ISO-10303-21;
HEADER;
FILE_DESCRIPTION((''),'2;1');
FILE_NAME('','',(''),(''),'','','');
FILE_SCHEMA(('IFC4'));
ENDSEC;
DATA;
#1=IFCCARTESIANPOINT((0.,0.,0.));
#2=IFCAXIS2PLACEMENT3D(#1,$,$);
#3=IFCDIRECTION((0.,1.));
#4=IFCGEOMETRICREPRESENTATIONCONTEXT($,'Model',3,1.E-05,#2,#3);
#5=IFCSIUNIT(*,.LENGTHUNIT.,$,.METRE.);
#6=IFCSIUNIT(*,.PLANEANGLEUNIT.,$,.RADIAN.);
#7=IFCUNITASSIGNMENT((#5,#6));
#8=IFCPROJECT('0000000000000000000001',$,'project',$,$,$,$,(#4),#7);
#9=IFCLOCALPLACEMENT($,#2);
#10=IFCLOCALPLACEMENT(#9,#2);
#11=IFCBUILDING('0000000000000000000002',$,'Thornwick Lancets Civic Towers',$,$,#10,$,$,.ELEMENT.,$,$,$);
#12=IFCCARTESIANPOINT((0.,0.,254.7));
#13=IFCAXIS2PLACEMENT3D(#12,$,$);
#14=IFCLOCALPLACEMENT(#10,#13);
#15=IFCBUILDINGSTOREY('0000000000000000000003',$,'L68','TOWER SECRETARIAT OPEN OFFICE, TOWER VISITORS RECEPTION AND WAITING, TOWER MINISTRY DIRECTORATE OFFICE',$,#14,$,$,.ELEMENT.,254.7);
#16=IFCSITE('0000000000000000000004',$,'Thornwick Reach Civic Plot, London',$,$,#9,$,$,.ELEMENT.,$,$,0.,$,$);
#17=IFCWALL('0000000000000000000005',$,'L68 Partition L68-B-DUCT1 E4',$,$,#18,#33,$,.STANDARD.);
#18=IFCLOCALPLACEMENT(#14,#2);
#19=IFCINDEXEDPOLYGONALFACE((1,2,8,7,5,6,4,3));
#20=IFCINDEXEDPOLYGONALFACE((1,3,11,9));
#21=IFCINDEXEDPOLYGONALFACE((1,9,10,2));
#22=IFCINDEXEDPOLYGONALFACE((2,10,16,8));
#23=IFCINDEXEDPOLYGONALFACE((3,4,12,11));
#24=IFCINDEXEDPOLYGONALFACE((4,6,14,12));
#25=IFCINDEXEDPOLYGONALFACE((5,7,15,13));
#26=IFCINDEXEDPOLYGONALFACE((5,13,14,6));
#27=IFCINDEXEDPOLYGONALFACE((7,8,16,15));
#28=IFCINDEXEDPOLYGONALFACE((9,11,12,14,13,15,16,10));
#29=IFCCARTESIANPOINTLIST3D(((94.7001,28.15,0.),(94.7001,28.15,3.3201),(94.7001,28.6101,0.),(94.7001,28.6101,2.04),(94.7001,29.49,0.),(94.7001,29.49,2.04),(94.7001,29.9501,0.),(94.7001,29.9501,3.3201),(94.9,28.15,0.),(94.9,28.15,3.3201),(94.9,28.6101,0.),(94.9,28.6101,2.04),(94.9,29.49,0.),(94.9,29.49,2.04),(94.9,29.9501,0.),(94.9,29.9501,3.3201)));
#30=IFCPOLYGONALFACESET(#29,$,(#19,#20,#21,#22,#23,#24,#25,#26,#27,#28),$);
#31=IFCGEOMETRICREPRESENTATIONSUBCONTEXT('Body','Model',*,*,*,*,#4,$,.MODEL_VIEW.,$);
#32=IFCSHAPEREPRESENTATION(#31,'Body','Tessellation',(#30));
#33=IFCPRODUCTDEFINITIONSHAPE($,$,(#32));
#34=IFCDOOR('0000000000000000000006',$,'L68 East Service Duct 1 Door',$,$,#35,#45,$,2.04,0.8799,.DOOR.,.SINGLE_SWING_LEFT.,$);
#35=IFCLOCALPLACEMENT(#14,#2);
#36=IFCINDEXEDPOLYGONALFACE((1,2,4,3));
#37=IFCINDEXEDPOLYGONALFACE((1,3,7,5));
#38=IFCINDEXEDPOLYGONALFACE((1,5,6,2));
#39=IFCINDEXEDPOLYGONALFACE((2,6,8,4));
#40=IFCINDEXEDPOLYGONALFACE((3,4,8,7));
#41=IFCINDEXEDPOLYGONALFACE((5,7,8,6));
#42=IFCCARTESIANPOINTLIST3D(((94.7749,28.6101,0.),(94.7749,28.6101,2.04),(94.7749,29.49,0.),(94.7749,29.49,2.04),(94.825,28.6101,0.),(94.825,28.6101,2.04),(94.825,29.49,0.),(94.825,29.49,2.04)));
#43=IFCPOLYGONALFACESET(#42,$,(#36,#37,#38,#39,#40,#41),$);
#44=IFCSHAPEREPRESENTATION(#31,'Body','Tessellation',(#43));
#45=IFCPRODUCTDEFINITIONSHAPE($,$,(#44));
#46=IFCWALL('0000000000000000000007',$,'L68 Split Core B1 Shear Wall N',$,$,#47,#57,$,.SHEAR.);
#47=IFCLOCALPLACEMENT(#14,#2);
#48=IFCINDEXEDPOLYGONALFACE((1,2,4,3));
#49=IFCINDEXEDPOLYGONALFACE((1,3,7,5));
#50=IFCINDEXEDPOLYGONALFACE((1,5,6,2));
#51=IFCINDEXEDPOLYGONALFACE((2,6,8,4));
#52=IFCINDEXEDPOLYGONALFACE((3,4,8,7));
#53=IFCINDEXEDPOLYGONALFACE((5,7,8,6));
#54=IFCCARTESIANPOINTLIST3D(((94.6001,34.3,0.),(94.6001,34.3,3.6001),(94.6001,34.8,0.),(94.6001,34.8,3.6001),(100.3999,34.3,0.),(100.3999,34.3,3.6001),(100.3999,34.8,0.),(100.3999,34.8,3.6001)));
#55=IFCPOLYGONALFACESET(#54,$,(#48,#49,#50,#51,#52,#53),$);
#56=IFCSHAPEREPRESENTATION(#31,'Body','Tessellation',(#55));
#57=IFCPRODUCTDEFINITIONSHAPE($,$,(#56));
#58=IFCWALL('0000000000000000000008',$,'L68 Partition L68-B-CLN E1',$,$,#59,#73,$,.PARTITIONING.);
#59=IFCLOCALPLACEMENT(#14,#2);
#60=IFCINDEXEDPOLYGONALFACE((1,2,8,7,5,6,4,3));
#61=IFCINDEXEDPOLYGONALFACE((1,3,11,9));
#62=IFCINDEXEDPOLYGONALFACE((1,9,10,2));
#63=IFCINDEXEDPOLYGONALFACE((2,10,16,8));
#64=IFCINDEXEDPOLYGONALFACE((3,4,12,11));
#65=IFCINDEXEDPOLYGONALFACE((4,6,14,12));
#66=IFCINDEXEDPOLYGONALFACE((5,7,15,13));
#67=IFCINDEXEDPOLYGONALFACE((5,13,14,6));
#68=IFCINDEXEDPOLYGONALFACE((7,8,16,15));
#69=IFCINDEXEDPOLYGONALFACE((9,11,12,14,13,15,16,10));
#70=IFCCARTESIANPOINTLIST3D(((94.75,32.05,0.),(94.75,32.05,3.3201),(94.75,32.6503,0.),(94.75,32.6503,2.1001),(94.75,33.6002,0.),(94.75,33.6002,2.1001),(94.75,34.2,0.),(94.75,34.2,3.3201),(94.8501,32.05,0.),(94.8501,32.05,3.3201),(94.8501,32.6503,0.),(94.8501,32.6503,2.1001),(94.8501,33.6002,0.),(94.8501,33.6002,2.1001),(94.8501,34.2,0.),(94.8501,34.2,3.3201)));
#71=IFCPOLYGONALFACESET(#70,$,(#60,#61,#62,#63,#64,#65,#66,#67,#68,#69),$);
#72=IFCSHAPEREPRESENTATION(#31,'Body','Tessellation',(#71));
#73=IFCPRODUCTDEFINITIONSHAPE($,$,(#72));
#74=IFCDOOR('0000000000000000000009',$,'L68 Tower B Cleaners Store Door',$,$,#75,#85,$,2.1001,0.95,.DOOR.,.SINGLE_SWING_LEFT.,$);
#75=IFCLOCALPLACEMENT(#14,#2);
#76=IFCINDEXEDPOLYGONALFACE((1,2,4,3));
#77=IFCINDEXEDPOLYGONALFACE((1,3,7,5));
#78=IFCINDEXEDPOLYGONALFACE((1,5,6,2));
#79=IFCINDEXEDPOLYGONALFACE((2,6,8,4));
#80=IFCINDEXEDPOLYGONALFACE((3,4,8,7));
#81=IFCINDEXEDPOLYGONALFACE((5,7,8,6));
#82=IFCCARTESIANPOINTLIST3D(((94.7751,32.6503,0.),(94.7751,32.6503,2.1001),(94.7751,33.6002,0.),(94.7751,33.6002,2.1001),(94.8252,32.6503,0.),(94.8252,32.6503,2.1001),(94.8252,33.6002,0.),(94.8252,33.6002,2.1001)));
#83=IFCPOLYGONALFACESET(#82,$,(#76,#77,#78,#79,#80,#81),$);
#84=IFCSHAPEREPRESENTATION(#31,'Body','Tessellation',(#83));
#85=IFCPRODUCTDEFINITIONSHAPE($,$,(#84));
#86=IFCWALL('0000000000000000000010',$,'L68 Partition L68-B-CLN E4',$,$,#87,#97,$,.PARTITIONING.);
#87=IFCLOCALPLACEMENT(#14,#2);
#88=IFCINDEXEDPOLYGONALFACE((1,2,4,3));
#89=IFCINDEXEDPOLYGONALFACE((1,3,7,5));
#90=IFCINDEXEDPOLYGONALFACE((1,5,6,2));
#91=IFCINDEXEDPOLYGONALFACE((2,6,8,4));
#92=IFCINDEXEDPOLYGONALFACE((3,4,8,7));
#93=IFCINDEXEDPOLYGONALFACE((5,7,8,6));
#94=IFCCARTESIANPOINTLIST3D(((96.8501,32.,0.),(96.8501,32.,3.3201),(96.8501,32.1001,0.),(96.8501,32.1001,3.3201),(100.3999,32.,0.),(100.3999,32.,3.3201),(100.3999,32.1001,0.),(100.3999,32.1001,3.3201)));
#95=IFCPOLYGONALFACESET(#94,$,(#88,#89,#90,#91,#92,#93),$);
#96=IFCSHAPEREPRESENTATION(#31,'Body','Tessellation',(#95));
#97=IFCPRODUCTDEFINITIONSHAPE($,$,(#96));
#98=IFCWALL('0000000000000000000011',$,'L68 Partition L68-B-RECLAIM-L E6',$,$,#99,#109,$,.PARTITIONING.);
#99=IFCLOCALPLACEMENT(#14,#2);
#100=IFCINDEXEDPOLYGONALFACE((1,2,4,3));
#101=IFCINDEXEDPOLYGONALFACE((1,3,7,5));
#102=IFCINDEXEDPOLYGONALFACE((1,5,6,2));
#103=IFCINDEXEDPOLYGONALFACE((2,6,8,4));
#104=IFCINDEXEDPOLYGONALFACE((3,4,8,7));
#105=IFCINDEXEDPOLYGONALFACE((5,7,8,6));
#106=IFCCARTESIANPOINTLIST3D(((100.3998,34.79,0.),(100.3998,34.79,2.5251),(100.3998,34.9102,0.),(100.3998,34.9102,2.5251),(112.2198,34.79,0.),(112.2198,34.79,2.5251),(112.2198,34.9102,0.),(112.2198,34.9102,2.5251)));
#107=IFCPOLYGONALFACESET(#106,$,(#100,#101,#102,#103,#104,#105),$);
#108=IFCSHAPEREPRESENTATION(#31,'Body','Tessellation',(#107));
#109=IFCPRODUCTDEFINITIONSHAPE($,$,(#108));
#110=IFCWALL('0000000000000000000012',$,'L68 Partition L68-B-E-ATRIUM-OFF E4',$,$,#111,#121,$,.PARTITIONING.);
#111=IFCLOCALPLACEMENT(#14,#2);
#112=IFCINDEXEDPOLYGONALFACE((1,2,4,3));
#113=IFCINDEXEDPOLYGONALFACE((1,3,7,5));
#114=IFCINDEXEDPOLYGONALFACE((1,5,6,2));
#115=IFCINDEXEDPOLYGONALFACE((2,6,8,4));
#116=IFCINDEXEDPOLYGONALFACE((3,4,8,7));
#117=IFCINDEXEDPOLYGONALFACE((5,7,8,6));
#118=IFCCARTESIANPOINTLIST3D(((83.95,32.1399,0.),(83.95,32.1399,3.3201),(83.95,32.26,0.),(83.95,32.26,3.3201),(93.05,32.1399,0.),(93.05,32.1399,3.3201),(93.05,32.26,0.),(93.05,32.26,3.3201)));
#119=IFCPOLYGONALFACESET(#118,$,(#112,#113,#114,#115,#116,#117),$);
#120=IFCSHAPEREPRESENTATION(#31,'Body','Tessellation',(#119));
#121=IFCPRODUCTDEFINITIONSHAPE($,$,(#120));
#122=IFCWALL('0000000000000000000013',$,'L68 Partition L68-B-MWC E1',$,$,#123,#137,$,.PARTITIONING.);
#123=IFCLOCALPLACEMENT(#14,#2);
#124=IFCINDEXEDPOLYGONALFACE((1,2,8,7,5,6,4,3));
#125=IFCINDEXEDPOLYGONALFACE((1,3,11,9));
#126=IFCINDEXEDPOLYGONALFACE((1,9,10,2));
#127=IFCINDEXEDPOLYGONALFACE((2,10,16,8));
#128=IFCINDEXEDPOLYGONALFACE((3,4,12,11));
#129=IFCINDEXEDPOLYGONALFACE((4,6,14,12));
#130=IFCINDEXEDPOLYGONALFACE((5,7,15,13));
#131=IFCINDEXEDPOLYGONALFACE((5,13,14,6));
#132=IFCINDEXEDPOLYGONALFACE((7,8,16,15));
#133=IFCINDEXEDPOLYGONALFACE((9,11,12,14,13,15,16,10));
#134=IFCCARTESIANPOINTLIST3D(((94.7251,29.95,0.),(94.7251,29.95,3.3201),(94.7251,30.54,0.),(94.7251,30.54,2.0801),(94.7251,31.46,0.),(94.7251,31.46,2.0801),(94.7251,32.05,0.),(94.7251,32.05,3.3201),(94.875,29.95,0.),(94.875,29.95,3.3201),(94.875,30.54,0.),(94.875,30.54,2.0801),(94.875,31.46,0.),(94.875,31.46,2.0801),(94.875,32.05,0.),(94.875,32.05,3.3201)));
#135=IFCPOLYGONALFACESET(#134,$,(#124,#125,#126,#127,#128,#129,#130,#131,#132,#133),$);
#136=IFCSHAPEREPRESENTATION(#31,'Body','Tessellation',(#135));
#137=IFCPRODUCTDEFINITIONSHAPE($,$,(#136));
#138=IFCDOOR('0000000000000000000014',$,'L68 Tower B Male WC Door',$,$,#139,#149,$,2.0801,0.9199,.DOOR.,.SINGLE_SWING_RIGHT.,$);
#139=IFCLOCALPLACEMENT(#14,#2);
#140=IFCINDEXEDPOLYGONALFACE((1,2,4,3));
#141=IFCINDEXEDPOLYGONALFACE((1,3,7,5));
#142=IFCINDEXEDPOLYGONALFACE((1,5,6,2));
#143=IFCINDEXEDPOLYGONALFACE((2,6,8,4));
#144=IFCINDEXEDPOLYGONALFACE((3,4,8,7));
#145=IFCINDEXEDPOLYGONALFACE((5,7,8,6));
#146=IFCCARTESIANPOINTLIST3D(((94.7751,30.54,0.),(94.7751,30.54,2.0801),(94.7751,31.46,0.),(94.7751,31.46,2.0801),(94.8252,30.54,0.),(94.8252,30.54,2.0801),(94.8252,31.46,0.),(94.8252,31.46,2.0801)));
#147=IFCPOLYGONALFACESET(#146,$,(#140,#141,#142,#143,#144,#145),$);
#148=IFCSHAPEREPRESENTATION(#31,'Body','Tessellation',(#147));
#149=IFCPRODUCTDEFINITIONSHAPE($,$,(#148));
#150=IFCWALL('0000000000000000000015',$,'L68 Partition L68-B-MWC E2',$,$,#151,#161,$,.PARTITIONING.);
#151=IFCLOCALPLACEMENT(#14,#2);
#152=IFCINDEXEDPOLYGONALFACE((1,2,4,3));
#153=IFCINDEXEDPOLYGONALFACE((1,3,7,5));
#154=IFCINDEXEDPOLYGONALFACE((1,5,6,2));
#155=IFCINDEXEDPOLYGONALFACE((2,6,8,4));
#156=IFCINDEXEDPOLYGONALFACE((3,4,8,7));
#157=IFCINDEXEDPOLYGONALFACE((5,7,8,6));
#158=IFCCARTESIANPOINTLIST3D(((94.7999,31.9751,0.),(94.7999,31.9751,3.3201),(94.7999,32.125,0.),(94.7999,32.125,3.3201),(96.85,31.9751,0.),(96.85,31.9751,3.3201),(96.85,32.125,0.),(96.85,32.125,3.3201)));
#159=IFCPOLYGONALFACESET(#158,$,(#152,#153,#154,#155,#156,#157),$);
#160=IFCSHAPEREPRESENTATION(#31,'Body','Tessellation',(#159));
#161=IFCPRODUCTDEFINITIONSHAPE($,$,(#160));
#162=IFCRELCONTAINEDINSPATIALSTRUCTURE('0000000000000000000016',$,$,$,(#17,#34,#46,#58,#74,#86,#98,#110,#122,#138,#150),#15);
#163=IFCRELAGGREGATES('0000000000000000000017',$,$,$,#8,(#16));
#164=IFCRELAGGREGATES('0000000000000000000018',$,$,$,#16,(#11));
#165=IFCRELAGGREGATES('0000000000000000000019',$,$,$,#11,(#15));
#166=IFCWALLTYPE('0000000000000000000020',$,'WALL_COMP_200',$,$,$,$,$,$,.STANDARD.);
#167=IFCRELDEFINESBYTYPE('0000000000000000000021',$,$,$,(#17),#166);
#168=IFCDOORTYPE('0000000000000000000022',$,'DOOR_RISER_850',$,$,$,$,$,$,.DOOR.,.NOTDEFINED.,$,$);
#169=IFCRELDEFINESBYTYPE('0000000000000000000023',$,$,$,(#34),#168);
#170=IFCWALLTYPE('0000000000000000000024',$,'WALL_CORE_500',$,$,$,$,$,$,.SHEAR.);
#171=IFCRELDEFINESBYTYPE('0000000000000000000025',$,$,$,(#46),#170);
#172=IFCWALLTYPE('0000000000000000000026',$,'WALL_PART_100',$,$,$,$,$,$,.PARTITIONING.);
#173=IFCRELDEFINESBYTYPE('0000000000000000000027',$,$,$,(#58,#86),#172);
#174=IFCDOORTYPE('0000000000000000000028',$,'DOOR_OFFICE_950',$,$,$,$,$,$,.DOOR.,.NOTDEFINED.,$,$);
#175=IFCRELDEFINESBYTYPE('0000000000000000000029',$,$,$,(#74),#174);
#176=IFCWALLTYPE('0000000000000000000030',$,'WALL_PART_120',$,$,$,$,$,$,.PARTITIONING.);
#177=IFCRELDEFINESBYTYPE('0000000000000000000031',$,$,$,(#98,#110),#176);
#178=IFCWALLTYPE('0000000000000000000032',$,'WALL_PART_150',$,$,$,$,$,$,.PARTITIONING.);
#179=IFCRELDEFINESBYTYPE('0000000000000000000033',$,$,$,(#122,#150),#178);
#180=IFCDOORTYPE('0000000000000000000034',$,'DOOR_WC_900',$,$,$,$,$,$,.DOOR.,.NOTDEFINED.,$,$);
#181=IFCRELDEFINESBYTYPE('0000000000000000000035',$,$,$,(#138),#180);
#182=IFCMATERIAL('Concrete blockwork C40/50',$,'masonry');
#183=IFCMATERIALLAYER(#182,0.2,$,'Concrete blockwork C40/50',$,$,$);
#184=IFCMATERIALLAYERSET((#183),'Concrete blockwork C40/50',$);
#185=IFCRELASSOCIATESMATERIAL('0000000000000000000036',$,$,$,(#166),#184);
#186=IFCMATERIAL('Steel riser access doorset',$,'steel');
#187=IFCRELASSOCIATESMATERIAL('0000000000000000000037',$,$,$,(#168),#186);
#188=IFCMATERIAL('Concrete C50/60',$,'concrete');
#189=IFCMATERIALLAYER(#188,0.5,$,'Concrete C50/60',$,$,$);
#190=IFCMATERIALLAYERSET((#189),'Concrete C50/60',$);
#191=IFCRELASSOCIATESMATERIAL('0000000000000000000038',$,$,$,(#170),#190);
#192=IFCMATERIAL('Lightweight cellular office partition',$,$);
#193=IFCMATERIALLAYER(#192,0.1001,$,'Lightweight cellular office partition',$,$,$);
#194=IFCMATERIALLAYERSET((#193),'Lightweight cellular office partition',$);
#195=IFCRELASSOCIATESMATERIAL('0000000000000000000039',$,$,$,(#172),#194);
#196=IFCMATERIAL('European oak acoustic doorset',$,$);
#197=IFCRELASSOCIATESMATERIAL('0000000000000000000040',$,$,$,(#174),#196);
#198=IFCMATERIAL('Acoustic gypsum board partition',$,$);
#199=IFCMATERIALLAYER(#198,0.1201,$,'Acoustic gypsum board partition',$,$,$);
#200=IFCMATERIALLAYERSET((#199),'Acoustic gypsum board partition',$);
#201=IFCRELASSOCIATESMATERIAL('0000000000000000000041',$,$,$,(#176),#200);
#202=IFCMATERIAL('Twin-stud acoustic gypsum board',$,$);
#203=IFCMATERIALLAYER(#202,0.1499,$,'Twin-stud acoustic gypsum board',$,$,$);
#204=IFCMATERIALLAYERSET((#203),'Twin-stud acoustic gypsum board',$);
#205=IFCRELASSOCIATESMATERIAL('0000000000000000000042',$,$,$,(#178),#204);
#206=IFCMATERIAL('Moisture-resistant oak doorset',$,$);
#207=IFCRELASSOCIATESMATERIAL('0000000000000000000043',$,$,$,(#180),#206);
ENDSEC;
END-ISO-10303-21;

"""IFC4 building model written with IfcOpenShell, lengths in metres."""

from ifc_helpers import new_model, si_unit, direction, frame, frame_2d, origin, place, context, subcontext, project, spatial, rectangle, extrude, material, layer, layer_set, type_object, element, fill, save


model = new_model("IFC4")

# Units and contexts
model_context = context("Model", 3, precision=1e-05, world=origin(), true_north=direction((0.0, 1.0)))
body_context = subcontext(model_context, "Body", "Model", "MODEL_VIEW")
ifc_project = project(units=[si_unit("LENGTHUNIT", "METRE"), si_unit("PLANEANGLEUNIT", "RADIAN")], contexts=[model_context])

# Site, building, storey
site_placement = place(None, origin())
site = spatial("IfcSite", under=ifc_project, at=site_placement, Name="Thornwick Reach Civic Plot, London", CompositionType="ELEMENT", RefElevation=0.0)
building_placement = place(site_placement, origin())
building = spatial("IfcBuilding", under=site, at=building_placement, Name="Thornwick Lancets Civic Towers", CompositionType="ELEMENT")
storey_placement = place(building_placement, frame((0.0, 0.0, 254.7)))
storey = spatial("IfcBuildingStorey", under=building, at=storey_placement, Name="L68", Description="TOWER SECRETARIAT OPEN OFFICE, TOWER VISITORS RECEPTION AND WAITING, TOWER MINISTRY DIRECTORATE OFFICE", CompositionType="ELEMENT", Elevation=254.7)

# Shared definitions
ifc_material_1 = material(Name="Concrete C50/60", Category="concrete")

# Shared definitions
ifc_material_2 = material(Name="Concrete blockwork C40/50", Category="masonry")
ifc_layer_1 = layer(ifc_material_2, 0.2, Name="Concrete blockwork C40/50")
ifc_layer_set_1 = layer_set([ifc_layer_1], Name="Concrete blockwork C40/50")
wall_type_1 = type_object("IfcWallType", Name="WALL_COMP_200", PredefinedType="STANDARD", material=ifc_layer_set_1)

# Wall, opening, door
wall_1_placement = place(storey_placement, frame((94.8, 29.95, 0.0), z_axis=(0.0, 0.0, 1.0), x_axis=(0.0, -1.0, 0.0)))
wall_1 = element("IfcWall", 1, at=wall_1_placement, inside=storey, type_object=wall_type_1, Name="L68 Partition L68-B-DUCT1 E4", PredefinedType="STANDARD", context=body_context, shape_type="SweptSolid", body=[
    extrude(rectangle(XDim=1.8, YDim=0.2, at=frame_2d((0.8999, 0.0))), origin(), (0.0, 0.0, 1.0), 3.3201),
])
opening_1_placement = place(wall_1_placement, frame((0.46, 0.0, 0.0)))
opening_1 = element("IfcOpeningElement", 2, at=opening_1_placement, cuts=wall_1, PredefinedType="OPENING", context=body_context, shape_type="SweptSolid", body=[
    extrude(rectangle(XDim=0.8799, YDim=2.04, at=frame_2d((0.4399, 1.02))), frame((0.0, 0.1099, 0.0), z_axis=(0.0, -1.0, 0.0), x_axis=(1.0, 0.0, 0.0)), (0.0, 0.0, 1.0), 0.22),
])
ifc_material_3 = material(Name="Steel riser access doorset", Category="steel")
door_type_1 = type_object("IfcDoorType", Name="DOOR_RISER_850", OperationType="NOTDEFINED", PredefinedType="DOOR", material=ifc_material_3)
door_1_placement = place(opening_1_placement, origin())
door_1 = element("IfcDoor", 3, at=door_1_placement, inside=storey, type_object=door_type_1, Name="L68 East Service Duct 1 Door", OperationType="SINGLE_SWING_LEFT", OverallHeight=2.04, OverallWidth=0.8799, PredefinedType="DOOR", context=body_context, shape_type="SweptSolid", body=[
    extrude(rectangle(XDim=0.8799, YDim=2.04, at=frame_2d((0.4399, 1.02))), frame((0.0, 0.0249, 0.0), z_axis=(0.0, -1.0, 0.0), x_axis=(1.0, 0.0, 0.0)), (0.0, 0.0, 1.0), 0.05),
])
fill(opening_1, door_1)

# Wall
ifc_layer_2 = layer(ifc_material_1, 0.5, Name="Concrete C50/60")
ifc_layer_set_2 = layer_set([ifc_layer_2], Name="Concrete C50/60")
wall_type_2 = type_object("IfcWallType", Name="WALL_CORE_500", PredefinedType="SHEAR", material=ifc_layer_set_2)
wall_2_placement = place(storey_placement, frame((94.6001, 34.55, 0.0), z_axis=(0.0, 0.0, 1.0), x_axis=(1.0, 0.0, 0.0)))
element("IfcWall", 4, at=wall_2_placement, inside=storey, type_object=wall_type_2, Name="L68 Split Core B1 Shear Wall N", PredefinedType="SHEAR", context=body_context, shape_type="SweptSolid", body=[
    extrude(rectangle(XDim=5.7998, YDim=0.5, at=frame_2d((2.8999, 0.0))), origin(), (0.0, 0.0, 1.0), 3.6001),
])

# Wall, opening, door
ifc_material_4 = material(Name="Lightweight cellular office partition")
ifc_layer_3 = layer(ifc_material_4, 0.1001, Name="Lightweight cellular office partition")
ifc_layer_set_3 = layer_set([ifc_layer_3], Name="Lightweight cellular office partition")
wall_type_3 = type_object("IfcWallType", Name="WALL_PART_100", PredefinedType="PARTITIONING", material=ifc_layer_set_3)
wall_3_placement = place(storey_placement, frame((94.8, 32.05, 0.0), z_axis=(0.0, 0.0, 1.0), x_axis=(0.0, 1.0, 0.0)))
wall_3 = element("IfcWall", 5, at=wall_3_placement, inside=storey, type_object=wall_type_3, Name="L68 Partition L68-B-CLN E1", PredefinedType="PARTITIONING", context=body_context, shape_type="SweptSolid", body=[
    extrude(rectangle(XDim=2.1499, YDim=0.1001, at=frame_2d((1.075, 0.0))), origin(), (0.0, 0.0, 1.0), 3.3201),
])
opening_2_placement = place(wall_3_placement, frame((0.6001, 0.0, 0.0)))
opening_2 = element("IfcOpeningElement", 6, at=opening_2_placement, cuts=wall_3, PredefinedType="OPENING", context=body_context, shape_type="SweptSolid", body=[
    extrude(rectangle(XDim=0.95, YDim=2.1001, at=frame_2d((0.4751, 1.05))), frame((0.0, 0.0601, 0.0), z_axis=(0.0, -1.0, 0.0), x_axis=(1.0, 0.0, 0.0)), (0.0, 0.0, 1.0), 0.1201),
])
ifc_material_5 = material(Name="European oak acoustic doorset")
door_type_2 = type_object("IfcDoorType", Name="DOOR_OFFICE_950", OperationType="NOTDEFINED", PredefinedType="DOOR", material=ifc_material_5)
door_2_placement = place(opening_2_placement, origin())
door_2 = element("IfcDoor", 7, at=door_2_placement, inside=storey, type_object=door_type_2, Name="L68 Tower B Cleaners Store Door", OperationType="SINGLE_SWING_LEFT", OverallHeight=2.1001, OverallWidth=0.95, PredefinedType="DOOR", context=body_context, shape_type="SweptSolid", body=[
    extrude(rectangle(XDim=0.95, YDim=2.1001, at=frame_2d((0.4751, 1.05))), frame((0.0, 0.0249, 0.0), z_axis=(0.0, -1.0, 0.0), x_axis=(1.0, 0.0, 0.0)), (0.0, 0.0, 1.0), 0.05),
])
fill(opening_2, door_2)

# Walls
wall_4_placement = place(storey_placement, frame((100.3999, 32.05, 0.0), z_axis=(0.0, 0.0, 1.0), x_axis=(-1.0, 0.0, 0.0)))
element("IfcWall", 8, at=wall_4_placement, inside=storey, type_object=wall_type_3, Name="L68 Partition L68-B-CLN E4", PredefinedType="PARTITIONING", context=body_context, shape_type="SweptSolid", body=[
    extrude(rectangle(XDim=3.5498, YDim=0.1001, at=frame_2d((1.7749, 0.0))), origin(), (0.0, 0.0, 1.0), 3.3201),
])
ifc_material_6 = material(Name="Acoustic gypsum board partition")
ifc_layer_4 = layer(ifc_material_6, 0.1201, Name="Acoustic gypsum board partition")
ifc_layer_set_4 = layer_set([ifc_layer_4], Name="Acoustic gypsum board partition")
wall_type_4 = type_object("IfcWallType", Name="WALL_PART_120", PredefinedType="PARTITIONING", material=ifc_layer_set_4)
wall_5_placement = place(storey_placement, frame((112.22, 34.8501, 0.0), z_axis=(0.0, 0.0, 1.0), x_axis=(-1.0, 0.0, 0.0)))
element("IfcWall", 9, at=wall_5_placement, inside=storey, type_object=wall_type_4, Name="L68 Partition L68-B-RECLAIM-L E6", PredefinedType="PARTITIONING", context=body_context, shape_type="SweptSolid", body=[
    extrude(rectangle(XDim=11.8201, YDim=0.1201, at=frame_2d((5.9102, 0.0))), origin(), (0.0, 0.0, 1.0), 2.5251),
])
wall_6_placement = place(storey_placement, frame((93.05, 32.2, 0.0), z_axis=(0.0, 0.0, 1.0), x_axis=(-1.0, 0.0, 0.0)))
element("IfcWall", 10, at=wall_6_placement, inside=storey, type_object=wall_type_4, Name="L68 Partition L68-B-E-ATRIUM-OFF E4", PredefinedType="PARTITIONING", context=body_context, shape_type="SweptSolid", body=[
    extrude(rectangle(XDim=9.1001, YDim=0.1201, at=frame_2d((4.55, 0.0))), origin(), (0.0, 0.0, 1.0), 3.3201),
])

# Wall, opening, door
ifc_material_7 = material(Name="Twin-stud acoustic gypsum board")
ifc_layer_5 = layer(ifc_material_7, 0.1499, Name="Twin-stud acoustic gypsum board")
ifc_layer_set_5 = layer_set([ifc_layer_5], Name="Twin-stud acoustic gypsum board")
wall_type_5 = type_object("IfcWallType", Name="WALL_PART_150", PredefinedType="PARTITIONING", material=ifc_layer_set_5)
wall_7_placement = place(storey_placement, frame((94.8, 29.95, 0.0), z_axis=(0.0, 0.0, 1.0), x_axis=(0.0, 1.0, 0.0)))
wall_7 = element("IfcWall", 11, at=wall_7_placement, inside=storey, type_object=wall_type_5, Name="L68 Partition L68-B-MWC E1", PredefinedType="PARTITIONING", context=body_context, shape_type="SweptSolid", body=[
    extrude(rectangle(XDim=2.1001, YDim=0.1499, at=frame_2d((1.05, 0.0))), origin(), (0.0, 0.0, 1.0), 3.3201),
])
opening_3_placement = place(wall_7_placement, frame((0.5901, 0.0, 0.0)))
opening_3 = element("IfcOpeningElement", 12, at=opening_3_placement, cuts=wall_7, PredefinedType="OPENING", context=body_context, shape_type="SweptSolid", body=[
    extrude(rectangle(XDim=0.9199, YDim=2.0801, at=frame_2d((0.46, 1.04))), frame((0.0, 0.085, 0.0), z_axis=(0.0, -1.0, 0.0), x_axis=(1.0, 0.0, 0.0)), (0.0, 0.0, 1.0), 0.1699),
])
ifc_material_8 = material(Name="Moisture-resistant oak doorset")
door_type_3 = type_object("IfcDoorType", Name="DOOR_WC_900", OperationType="NOTDEFINED", PredefinedType="DOOR", material=ifc_material_8)
door_3_placement = place(opening_3_placement, origin())
door_3 = element("IfcDoor", 13, at=door_3_placement, inside=storey, type_object=door_type_3, Name="L68 Tower B Male WC Door", OperationType="SINGLE_SWING_RIGHT", OverallHeight=2.0801, OverallWidth=0.9199, PredefinedType="DOOR", context=body_context, shape_type="SweptSolid", body=[
    extrude(rectangle(XDim=0.9199, YDim=2.0801, at=frame_2d((0.46, 1.04))), frame((0.0, 0.0249, 0.0), z_axis=(0.0, -1.0, 0.0), x_axis=(1.0, 0.0, 0.0)), (0.0, 0.0, 1.0), 0.05),
])
fill(opening_3, door_3)

# Wall
wall_8_placement = place(storey_placement, frame((94.8, 32.05, 0.0), z_axis=(0.0, 0.0, 1.0), x_axis=(1.0, 0.0, 0.0)))
element("IfcWall", 14, at=wall_8_placement, inside=storey, type_object=wall_type_5, Name="L68 Partition L68-B-MWC E2", PredefinedType="PARTITIONING", context=body_context, shape_type="SweptSolid", body=[
    extrude(rectangle(XDim=2.05, YDim=0.1499, at=frame_2d((1.0249, 0.0))), origin(), (0.0, 0.0, 1.0), 3.3201),
])

save(model, "model.ifc")
